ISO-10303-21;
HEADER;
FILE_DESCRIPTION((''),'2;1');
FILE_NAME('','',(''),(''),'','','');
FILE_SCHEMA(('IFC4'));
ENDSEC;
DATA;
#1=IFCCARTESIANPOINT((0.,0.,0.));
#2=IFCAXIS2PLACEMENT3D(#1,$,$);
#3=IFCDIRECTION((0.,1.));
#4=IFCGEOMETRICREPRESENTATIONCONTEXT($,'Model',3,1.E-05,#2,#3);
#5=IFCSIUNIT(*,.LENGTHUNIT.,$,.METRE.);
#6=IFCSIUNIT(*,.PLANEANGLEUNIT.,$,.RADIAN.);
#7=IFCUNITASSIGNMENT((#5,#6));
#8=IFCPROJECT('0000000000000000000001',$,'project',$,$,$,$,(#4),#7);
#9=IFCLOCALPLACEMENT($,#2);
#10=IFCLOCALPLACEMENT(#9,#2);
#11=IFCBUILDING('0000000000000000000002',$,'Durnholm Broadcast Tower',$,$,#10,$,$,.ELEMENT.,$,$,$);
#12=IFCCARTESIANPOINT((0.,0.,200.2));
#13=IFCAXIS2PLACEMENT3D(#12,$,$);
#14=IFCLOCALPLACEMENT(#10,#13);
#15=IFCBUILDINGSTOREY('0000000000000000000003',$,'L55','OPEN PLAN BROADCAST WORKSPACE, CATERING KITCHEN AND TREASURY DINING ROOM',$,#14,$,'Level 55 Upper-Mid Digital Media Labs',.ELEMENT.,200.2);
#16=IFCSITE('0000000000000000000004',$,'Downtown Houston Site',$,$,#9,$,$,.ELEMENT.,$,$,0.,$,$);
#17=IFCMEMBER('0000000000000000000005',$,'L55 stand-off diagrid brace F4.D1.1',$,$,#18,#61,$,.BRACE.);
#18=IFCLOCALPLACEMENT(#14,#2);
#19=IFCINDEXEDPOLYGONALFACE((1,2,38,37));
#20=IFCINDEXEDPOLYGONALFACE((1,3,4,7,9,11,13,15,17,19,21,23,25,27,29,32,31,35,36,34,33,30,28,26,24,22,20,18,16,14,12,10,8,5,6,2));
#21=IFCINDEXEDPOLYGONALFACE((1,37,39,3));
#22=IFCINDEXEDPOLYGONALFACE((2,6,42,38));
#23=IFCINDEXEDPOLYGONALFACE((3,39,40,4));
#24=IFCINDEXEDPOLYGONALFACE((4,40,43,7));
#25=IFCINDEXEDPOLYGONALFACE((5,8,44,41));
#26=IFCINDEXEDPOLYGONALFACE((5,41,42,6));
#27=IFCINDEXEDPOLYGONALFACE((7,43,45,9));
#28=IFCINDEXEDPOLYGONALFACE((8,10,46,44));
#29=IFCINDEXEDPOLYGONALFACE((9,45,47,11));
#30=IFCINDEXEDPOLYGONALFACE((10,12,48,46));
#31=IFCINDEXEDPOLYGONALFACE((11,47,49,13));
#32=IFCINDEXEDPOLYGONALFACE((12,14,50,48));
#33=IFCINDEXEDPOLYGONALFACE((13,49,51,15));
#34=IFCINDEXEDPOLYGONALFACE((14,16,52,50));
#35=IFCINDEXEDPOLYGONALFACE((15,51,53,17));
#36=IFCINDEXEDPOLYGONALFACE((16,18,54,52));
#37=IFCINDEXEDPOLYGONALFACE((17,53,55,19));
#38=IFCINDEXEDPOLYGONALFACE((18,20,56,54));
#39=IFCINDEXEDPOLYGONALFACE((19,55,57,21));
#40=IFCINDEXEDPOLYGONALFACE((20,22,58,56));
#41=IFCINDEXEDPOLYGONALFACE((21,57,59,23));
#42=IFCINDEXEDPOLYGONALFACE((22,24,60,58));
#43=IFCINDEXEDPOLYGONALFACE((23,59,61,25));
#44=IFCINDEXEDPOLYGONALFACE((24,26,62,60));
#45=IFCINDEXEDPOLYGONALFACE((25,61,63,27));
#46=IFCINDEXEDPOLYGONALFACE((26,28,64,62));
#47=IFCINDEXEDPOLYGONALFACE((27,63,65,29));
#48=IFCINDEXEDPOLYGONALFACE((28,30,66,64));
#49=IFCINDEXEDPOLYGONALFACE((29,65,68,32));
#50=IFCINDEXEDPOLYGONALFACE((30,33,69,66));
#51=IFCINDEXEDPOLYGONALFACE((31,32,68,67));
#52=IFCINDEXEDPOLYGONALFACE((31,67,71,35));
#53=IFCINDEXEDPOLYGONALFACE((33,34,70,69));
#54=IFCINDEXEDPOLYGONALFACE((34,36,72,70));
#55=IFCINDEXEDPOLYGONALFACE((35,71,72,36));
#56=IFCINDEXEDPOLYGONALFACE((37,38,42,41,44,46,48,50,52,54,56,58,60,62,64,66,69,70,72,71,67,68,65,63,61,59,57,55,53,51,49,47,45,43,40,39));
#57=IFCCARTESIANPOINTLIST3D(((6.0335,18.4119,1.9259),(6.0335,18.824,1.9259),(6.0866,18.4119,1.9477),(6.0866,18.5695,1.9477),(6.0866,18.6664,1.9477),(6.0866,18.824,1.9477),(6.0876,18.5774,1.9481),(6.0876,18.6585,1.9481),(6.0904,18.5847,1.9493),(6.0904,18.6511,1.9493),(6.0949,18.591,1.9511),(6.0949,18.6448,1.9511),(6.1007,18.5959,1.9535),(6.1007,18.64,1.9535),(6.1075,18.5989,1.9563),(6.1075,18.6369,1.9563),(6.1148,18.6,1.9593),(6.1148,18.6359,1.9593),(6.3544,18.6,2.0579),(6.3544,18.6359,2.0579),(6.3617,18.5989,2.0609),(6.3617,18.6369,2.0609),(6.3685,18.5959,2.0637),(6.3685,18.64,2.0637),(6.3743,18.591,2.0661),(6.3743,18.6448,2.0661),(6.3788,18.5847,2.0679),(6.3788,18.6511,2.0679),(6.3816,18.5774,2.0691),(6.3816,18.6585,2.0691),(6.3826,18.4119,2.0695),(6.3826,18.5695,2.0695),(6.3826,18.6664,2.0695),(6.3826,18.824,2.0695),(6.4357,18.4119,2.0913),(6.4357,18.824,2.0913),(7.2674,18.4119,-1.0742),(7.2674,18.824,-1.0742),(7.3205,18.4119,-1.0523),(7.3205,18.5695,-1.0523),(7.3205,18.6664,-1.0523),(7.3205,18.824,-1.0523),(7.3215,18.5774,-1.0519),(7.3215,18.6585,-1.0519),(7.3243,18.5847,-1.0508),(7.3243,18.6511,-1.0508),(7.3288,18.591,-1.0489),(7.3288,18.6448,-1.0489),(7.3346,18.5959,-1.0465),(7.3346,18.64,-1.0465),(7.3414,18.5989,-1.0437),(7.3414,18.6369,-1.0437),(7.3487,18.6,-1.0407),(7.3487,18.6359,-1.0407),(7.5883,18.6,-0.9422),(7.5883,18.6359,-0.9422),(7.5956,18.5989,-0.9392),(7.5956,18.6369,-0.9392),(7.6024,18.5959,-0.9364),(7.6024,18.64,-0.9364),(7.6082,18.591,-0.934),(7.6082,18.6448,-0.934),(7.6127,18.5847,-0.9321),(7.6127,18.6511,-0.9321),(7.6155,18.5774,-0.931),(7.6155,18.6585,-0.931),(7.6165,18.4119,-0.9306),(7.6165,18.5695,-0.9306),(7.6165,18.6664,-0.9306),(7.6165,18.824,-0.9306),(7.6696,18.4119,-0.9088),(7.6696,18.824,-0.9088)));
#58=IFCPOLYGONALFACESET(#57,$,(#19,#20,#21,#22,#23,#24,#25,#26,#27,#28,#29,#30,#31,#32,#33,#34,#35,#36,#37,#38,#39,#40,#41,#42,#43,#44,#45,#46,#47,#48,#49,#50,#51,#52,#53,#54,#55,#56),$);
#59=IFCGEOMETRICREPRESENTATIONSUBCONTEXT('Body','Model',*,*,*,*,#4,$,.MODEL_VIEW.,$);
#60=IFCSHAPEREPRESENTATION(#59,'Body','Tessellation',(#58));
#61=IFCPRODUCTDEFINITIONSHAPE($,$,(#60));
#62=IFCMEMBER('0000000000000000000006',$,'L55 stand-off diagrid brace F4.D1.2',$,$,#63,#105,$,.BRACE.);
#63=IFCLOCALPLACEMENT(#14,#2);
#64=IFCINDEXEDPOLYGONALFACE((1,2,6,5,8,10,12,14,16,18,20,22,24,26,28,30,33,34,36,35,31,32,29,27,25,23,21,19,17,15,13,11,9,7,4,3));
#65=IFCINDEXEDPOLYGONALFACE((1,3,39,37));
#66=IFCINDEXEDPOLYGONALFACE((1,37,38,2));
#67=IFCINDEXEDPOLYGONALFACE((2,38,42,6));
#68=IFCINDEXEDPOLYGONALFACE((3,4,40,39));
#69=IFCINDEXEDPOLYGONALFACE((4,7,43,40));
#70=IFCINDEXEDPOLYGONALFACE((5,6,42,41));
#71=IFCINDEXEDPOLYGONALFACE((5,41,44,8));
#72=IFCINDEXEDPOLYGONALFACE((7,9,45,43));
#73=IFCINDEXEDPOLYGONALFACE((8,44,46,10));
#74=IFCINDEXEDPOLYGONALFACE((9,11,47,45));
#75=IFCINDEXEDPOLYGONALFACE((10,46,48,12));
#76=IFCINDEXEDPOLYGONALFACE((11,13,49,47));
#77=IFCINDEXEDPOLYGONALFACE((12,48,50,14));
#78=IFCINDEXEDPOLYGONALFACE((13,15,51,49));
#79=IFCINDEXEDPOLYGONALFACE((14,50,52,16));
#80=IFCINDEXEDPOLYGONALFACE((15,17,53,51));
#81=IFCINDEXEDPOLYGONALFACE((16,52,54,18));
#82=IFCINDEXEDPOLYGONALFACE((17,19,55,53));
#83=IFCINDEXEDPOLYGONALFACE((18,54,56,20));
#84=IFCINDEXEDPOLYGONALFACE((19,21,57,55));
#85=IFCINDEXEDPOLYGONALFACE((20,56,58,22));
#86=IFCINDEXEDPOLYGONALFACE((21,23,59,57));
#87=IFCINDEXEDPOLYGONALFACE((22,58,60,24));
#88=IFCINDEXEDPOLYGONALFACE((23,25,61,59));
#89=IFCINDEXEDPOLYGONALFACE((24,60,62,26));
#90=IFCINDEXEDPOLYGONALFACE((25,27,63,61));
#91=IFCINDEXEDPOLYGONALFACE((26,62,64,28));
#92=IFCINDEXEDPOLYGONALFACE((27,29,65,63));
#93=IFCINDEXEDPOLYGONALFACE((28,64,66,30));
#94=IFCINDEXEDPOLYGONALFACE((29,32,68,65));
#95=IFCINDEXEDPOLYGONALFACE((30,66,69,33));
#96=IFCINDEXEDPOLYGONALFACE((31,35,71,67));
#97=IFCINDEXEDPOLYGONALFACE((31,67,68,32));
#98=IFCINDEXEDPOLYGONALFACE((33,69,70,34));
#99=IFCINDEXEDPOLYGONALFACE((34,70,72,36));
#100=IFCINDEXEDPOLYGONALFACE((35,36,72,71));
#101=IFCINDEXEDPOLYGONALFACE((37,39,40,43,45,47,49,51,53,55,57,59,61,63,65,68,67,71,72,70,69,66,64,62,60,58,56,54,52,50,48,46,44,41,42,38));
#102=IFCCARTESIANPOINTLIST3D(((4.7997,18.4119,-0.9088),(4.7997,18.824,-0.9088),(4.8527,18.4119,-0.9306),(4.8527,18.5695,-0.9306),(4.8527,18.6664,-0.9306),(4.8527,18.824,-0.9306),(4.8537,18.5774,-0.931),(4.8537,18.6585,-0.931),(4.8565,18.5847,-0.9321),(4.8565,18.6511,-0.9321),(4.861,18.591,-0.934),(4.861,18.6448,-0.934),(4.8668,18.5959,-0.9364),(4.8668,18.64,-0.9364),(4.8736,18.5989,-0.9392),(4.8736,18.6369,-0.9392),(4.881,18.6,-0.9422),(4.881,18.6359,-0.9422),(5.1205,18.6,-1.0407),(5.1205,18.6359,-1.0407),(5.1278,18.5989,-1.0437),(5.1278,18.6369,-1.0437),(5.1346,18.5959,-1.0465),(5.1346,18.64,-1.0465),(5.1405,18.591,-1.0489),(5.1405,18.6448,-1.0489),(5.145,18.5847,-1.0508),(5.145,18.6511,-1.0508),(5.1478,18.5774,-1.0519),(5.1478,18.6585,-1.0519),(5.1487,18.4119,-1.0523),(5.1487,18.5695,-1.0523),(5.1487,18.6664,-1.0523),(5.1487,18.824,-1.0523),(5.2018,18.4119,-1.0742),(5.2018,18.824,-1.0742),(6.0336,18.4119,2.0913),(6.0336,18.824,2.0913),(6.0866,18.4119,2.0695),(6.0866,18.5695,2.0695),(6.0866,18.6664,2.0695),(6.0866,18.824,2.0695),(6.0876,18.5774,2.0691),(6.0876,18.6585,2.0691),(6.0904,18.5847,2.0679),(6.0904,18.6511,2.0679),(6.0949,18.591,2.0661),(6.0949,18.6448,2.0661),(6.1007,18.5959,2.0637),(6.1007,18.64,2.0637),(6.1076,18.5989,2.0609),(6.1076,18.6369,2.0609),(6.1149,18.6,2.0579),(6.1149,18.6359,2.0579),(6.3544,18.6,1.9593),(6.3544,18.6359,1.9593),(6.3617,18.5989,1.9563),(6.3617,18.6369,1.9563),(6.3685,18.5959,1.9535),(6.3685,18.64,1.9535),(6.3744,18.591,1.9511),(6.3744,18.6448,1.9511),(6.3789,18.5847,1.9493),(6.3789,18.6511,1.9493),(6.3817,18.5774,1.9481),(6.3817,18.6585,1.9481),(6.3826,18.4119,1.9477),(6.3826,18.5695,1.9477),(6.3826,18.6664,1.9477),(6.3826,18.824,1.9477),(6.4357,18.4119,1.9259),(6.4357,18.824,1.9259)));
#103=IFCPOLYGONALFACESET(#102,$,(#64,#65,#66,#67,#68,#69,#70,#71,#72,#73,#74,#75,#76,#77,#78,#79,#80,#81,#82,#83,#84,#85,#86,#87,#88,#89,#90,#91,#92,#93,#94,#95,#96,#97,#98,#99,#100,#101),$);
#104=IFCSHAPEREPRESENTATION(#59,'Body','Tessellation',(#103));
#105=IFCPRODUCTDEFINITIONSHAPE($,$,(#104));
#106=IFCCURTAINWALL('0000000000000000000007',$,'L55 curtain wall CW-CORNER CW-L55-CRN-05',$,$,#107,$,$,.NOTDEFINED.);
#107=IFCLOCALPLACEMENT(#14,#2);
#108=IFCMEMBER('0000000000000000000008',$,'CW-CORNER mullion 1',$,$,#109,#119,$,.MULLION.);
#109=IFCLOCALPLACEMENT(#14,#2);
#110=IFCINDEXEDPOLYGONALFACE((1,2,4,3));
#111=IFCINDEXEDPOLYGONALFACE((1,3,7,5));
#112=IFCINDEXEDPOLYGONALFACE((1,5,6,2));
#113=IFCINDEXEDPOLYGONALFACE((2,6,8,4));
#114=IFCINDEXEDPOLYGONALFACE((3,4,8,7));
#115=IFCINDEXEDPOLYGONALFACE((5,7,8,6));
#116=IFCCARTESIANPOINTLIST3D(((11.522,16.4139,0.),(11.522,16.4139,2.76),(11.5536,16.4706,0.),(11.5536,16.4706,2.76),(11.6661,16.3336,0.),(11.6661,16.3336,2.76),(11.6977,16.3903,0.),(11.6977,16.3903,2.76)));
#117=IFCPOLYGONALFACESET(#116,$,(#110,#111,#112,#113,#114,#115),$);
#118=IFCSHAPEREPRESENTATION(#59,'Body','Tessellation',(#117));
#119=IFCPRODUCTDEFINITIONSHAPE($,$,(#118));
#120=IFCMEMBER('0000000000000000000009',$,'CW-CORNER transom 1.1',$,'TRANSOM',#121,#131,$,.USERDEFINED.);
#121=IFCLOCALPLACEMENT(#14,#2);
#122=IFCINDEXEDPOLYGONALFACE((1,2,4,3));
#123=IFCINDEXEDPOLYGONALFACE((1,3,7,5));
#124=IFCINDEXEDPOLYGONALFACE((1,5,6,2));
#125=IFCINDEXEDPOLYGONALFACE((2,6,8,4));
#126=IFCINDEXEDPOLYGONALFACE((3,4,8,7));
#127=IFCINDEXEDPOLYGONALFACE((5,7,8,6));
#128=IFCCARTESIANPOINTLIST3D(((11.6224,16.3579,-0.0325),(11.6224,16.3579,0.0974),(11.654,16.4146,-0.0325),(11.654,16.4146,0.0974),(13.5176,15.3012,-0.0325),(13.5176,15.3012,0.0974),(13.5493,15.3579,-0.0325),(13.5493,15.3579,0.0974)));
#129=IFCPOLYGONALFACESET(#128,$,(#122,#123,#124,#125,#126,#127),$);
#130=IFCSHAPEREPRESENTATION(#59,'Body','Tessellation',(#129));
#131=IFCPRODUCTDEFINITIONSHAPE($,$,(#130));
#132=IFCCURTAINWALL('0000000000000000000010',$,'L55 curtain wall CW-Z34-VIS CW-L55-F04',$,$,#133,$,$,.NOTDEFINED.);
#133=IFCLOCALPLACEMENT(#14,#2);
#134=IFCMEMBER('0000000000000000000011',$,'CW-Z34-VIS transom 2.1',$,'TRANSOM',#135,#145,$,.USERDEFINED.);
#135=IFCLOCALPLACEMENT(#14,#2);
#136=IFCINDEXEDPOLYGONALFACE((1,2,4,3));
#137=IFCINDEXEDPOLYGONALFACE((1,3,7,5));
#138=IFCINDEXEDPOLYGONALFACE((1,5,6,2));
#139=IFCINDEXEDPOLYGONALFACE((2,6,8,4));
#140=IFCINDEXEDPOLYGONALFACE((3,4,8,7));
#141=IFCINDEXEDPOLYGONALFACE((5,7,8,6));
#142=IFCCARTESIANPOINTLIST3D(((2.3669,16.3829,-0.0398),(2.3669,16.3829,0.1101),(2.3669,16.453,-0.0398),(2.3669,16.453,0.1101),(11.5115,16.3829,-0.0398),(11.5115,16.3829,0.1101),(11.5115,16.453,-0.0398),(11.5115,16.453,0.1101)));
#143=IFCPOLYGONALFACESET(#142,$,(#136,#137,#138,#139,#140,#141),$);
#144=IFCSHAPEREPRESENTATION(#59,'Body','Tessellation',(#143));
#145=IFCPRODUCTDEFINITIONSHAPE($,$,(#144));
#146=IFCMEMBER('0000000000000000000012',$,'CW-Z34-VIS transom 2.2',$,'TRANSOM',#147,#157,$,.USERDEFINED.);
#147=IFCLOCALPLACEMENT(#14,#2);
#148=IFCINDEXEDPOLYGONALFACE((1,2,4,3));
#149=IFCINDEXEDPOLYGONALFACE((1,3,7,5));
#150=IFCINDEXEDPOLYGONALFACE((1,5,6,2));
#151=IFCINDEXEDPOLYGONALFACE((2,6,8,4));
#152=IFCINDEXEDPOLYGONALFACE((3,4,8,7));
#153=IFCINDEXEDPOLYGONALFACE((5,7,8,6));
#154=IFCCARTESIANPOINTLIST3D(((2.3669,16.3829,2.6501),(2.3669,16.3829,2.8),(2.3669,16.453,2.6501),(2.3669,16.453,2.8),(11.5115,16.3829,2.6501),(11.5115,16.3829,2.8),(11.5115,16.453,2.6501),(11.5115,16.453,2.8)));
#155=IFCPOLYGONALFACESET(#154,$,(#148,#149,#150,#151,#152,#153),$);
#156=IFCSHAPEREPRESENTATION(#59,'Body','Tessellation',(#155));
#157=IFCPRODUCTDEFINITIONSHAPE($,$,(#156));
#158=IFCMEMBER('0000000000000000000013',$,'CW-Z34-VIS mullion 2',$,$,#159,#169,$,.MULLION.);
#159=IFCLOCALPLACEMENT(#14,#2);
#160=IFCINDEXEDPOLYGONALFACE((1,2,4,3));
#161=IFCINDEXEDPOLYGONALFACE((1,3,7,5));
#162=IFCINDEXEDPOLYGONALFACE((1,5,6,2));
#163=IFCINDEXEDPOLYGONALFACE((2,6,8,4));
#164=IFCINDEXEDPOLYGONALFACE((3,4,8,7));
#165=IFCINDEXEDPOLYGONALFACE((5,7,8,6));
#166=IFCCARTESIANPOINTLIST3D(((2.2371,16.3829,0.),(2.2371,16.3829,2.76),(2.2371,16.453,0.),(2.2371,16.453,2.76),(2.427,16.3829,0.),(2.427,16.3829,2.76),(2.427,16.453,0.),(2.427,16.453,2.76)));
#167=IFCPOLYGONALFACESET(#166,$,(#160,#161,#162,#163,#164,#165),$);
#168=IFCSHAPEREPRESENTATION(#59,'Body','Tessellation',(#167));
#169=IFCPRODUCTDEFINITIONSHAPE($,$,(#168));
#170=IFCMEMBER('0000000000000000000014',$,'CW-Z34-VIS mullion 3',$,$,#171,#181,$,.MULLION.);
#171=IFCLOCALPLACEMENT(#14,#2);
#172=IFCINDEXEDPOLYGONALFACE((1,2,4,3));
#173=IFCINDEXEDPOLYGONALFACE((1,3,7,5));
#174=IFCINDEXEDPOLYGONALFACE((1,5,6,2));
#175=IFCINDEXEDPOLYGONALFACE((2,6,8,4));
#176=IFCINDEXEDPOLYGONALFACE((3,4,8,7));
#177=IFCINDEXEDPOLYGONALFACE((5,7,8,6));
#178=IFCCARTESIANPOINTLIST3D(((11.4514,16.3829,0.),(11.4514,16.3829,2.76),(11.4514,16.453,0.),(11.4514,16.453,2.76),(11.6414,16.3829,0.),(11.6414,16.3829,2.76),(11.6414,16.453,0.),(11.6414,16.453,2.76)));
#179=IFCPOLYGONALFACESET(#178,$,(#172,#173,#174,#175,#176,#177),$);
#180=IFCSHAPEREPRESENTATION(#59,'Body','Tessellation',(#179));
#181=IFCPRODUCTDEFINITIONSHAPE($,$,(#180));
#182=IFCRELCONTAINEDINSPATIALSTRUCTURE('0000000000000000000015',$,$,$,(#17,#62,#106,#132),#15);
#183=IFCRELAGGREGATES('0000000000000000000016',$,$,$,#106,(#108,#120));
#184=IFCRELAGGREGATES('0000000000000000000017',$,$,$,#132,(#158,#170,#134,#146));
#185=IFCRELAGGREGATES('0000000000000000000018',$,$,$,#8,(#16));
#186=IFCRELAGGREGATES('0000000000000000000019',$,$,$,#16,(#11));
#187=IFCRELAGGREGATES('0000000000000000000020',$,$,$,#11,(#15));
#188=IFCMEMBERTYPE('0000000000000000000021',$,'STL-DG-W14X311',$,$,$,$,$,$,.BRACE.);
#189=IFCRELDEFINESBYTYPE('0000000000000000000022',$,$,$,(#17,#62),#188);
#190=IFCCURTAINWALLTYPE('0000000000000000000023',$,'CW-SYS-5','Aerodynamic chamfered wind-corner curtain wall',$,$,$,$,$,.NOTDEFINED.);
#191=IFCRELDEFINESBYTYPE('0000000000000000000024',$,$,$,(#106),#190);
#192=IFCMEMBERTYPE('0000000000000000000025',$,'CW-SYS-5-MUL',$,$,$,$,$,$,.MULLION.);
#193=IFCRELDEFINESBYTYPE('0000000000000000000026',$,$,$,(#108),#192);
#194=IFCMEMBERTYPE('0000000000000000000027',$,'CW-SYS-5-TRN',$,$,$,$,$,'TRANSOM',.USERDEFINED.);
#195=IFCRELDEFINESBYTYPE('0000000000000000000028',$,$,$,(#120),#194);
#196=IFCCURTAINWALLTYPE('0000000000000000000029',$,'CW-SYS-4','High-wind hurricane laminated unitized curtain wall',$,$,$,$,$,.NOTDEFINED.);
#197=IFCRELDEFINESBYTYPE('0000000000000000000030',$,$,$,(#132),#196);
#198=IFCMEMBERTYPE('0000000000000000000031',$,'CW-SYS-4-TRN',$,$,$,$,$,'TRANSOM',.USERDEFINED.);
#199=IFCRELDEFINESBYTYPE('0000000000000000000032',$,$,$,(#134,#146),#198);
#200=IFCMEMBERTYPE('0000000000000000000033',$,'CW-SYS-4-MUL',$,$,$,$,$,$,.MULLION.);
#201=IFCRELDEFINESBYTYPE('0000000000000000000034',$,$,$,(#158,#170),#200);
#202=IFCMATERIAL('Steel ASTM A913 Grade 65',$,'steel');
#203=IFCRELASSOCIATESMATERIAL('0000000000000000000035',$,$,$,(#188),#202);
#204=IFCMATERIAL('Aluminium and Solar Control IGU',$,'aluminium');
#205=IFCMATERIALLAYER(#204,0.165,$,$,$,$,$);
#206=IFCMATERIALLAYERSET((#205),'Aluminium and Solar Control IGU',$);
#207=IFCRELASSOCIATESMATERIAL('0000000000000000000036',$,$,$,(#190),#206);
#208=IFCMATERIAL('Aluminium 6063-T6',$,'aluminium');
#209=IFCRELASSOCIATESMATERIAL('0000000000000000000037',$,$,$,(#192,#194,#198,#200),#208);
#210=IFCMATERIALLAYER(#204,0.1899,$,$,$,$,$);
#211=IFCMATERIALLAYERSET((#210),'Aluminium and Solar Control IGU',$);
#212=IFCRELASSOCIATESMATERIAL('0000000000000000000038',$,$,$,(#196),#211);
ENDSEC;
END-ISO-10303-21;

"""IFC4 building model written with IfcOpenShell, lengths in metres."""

from ifc_helpers import new_model, si_unit, direction, frame, origin, origin_2d, place, context, subcontext, project, spatial, rectangle, i_section, extrude, source, transform, mapped, material, layer, layer_set, material_profile, profile_set, type_object, type_shapes, element, aggregate, save


model = new_model("IFC4")

# Units and contexts
model_context = context("Model", 3, precision=1e-05, world=origin(), true_north=direction((0.0, 1.0)))
body_context = subcontext(model_context, "Body", "Model", "MODEL_VIEW")
ifc_project = project(units=[si_unit("LENGTHUNIT", "METRE"), si_unit("PLANEANGLEUNIT", "RADIAN")], contexts=[model_context])

# Site, building, storey
site_placement = place(None, origin())
site = spatial("IfcSite", under=ifc_project, at=site_placement, Name="Downtown Houston Site", CompositionType="ELEMENT", RefElevation=0.0)
building_placement = place(site_placement, origin())
building = spatial("IfcBuilding", under=site, at=building_placement, Name="Durnholm Broadcast Tower", CompositionType="ELEMENT")
storey_placement = place(building_placement, frame((0.0, 0.0, 200.2)))
storey = spatial("IfcBuildingStorey", under=building, at=storey_placement, Name="L55", Description="OPEN PLAN BROADCAST WORKSPACE, CATERING KITCHEN AND TREASURY DINING ROOM", LongName="Level 55 Upper-Mid Digital Media Labs", CompositionType="ELEMENT", Elevation=200.2)

# Members
ifc_material_1 = material(Name="Steel ASTM A913 Grade 65", Category="steel")
ifc_material_profile_1 = material_profile(ifc_material_1, i_section(OverallWidth=0.4121, OverallDepth=0.4348, WebThickness=0.0359, FlangeThickness=0.0574, FilletRadius=0.0305, at=origin_2d()), Name="W14X311")
ifc_profile_set_1 = profile_set([ifc_material_profile_1], Name="Steel ASTM A913 Grade 65")
member_type_1 = type_object("IfcMemberType", Name="STL-DG-W14X311", PredefinedType="BRACE", material=ifc_profile_set_1)
shared_shape_1 = source(origin(), body_context, "Body", "SweptSolid", [
    extrude(i_section(OverallWidth=0.4121, OverallDepth=0.4348, WebThickness=0.0359, FlangeThickness=0.0574, FilletRadius=0.0305, at=origin_2d()), origin(), (0.0, 0.0, 1.0), 3.2439),
])
type_shapes(member_type_1, [shared_shape_1])
for number, where, z_axis, x_axis, name in (
    (1, (7.4685, 18.6179, -0.9915), (-0.380379, 0.0, 0.924831), (0.0, -1.0, 0.0), "L55 stand-off diagrid brace F4.D1.1"),
    (2, (5.0007, 18.6179, -0.9915), (0.380379, 0.0, 0.924831), (0.0, 1.0, 0.0), "L55 stand-off diagrid brace F4.D1.2"),
):
    element("IfcMember", number, at=place(storey_placement, frame(where, z_axis=z_axis, x_axis=x_axis)), inside=storey, type_object=member_type_1, Name=name, PredefinedType="BRACE", context=body_context, shape_type="MappedRepresentation", body=[
        mapped(shared_shape_1, transform((0.0, 0.0, 0.0), x_axis=(1.0, 0.0, 0.0), y_axis=(0.0, 1.0, 0.0), z_axis=(0.0, 0.0, 1.0), scale=1.0)),
    ])

# Curtain walls, members
ifc_material_2 = material(Name="Aluminium and Solar Control IGU", Category="aluminium")
ifc_layer_1 = layer(ifc_material_2, 0.165)
ifc_layer_set_1 = layer_set([ifc_layer_1], Name="Aluminium and Solar Control IGU")
curtain_wall_type_1 = type_object("IfcCurtainWallType", Name="CW-SYS-5", Description="Aerodynamic chamfered wind-corner curtain wall", PredefinedType="NOTDEFINED", material=ifc_layer_set_1)
curtain_wall_1_placement = place(storey_placement, origin())
curtain_wall_1 = element("IfcCurtainWall", 3, at=curtain_wall_1_placement, inside=storey, type_object=curtain_wall_type_1, Name="L55 curtain wall CW-CORNER CW-L55-CRN-05", PredefinedType="NOTDEFINED")
ifc_material_3 = material(Name="Aluminium 6063-T6", Category="aluminium")
ifc_material_profile_2 = material_profile(ifc_material_3, rectangle(XDim=0.0649, YDim=0.165, at=origin_2d()), Name="CWM65X165")
ifc_profile_set_2 = profile_set([ifc_material_profile_2], Name="Aluminium 6063-T6")
member_type_2 = type_object("IfcMemberType", Name="CW-SYS-5-MUL", PredefinedType="MULLION", material=ifc_profile_set_2)
shared_shape_2 = source(origin(), body_context, "Body", "SweptSolid", [
    extrude(rectangle(XDim=0.0649, YDim=0.165, at=origin_2d()), origin(), (0.0, 0.0, 1.0), 2.76),
])
type_shapes(member_type_2, [shared_shape_2])
member_1_placement = place(storey_placement, frame((11.6099, 16.4021, 0.0), z_axis=(0.0, 0.0, 1.0), x_axis=(0.486986, 0.87341, 0.0)))
member_1 = element("IfcMember", 4, at=member_1_placement, type_object=member_type_2, Name="CW-CORNER mullion 1", PredefinedType="MULLION", context=body_context, shape_type="MappedRepresentation", body=[
    mapped(shared_shape_2, transform((0.0, 0.0, 0.0), x_axis=(1.0, 0.0, 0.0), y_axis=(0.0, 1.0, 0.0), z_axis=(0.0, 0.0, 1.0), scale=1.0)),
])
ifc_material_profile_3 = material_profile(ifc_material_3, rectangle(XDim=0.0649, YDim=0.1299, at=origin_2d()), Name="CWT65X130")
ifc_profile_set_3 = profile_set([ifc_material_profile_3], Name="Aluminium 6063-T6")
member_type_3 = type_object("IfcMemberType", Name="CW-SYS-5-TRN", ElementType="TRANSOM", PredefinedType="USERDEFINED", material=ifc_profile_set_3)
shared_shape_3 = source(origin(), body_context, "Body", "SweptSolid", [
    extrude(rectangle(XDim=0.0649, YDim=0.1299, at=origin_2d()), origin(), (0.0, 0.0, 1.0), 2.1699),
])
type_shapes(member_type_3, [shared_shape_3])
member_2_placement = place(storey_placement, frame((11.6382, 16.3862, 0.0325), z_axis=(0.873429, -0.486951, 0.0), x_axis=(0.486951, 0.873429, 0.0)))
member_2 = element("IfcMember", 5, at=member_2_placement, type_object=member_type_3, Name="CW-CORNER transom 1.1", ObjectType="TRANSOM", PredefinedType="USERDEFINED", context=body_context, shape_type="MappedRepresentation", body=[
    mapped(shared_shape_3, transform((0.0, 0.0, 0.0), x_axis=(1.0, 0.0, 0.0), y_axis=(0.0, 1.0, 0.0), z_axis=(0.0, 0.0, 1.0), scale=1.0)),
])
aggregate(curtain_wall_1, [member_1, member_2])
ifc_layer_2 = layer(ifc_material_2, 0.1899)
ifc_layer_set_2 = layer_set([ifc_layer_2], Name="Aluminium and Solar Control IGU")
curtain_wall_type_2 = type_object("IfcCurtainWallType", Name="CW-SYS-4", Description="High-wind hurricane laminated unitized curtain wall", PredefinedType="NOTDEFINED", material=ifc_layer_set_2)
curtain_wall_2_placement = place(storey_placement, origin())
curtain_wall_2 = element("IfcCurtainWall", 6, at=curtain_wall_2_placement, inside=storey, type_object=curtain_wall_type_2, Name="L55 curtain wall CW-Z34-VIS CW-L55-F04", PredefinedType="NOTDEFINED")
ifc_material_profile_4 = material_profile(ifc_material_3, rectangle(XDim=0.0701, YDim=0.1499, at=origin_2d()), Name="CWT70X150")
ifc_profile_set_4 = profile_set([ifc_material_profile_4], Name="Aluminium 6063-T6")
member_type_4 = type_object("IfcMemberType", Name="CW-SYS-4-TRN", ElementType="TRANSOM", PredefinedType="USERDEFINED", material=ifc_profile_set_4)
shared_shape_4 = source(origin(), body_context, "Body", "SweptSolid", [
    extrude(rectangle(XDim=0.0701, YDim=0.1499, at=origin_2d()), origin(), (0.0, 0.0, 1.0), 9.1445),
])
type_shapes(member_type_4, [shared_shape_4])
member_3_placement = place(storey_placement, frame((2.3669, 16.418, 0.0352), z_axis=(1.0, 0.0, 0.0), x_axis=(0.0, 1.0, 0.0)))
member_3 = element("IfcMember", 7, at=member_3_placement, type_object=member_type_4, Name="CW-Z34-VIS transom 2.1", ObjectType="TRANSOM", PredefinedType="USERDEFINED", context=body_context, shape_type="MappedRepresentation", body=[
    mapped(shared_shape_4, transform((0.0, 0.0, 0.0), x_axis=(1.0, 0.0, 0.0), y_axis=(0.0, 1.0, 0.0), z_axis=(0.0, 0.0, 1.0), scale=1.0)),
])
member_4_placement = place(storey_placement, frame((2.3669, 16.418, 2.7251), z_axis=(1.0, 0.0, 0.0), x_axis=(0.0, 1.0, 0.0)))
member_4 = element("IfcMember", 8, at=member_4_placement, type_object=member_type_4, Name="CW-Z34-VIS transom 2.2", ObjectType="TRANSOM", PredefinedType="USERDEFINED", context=body_context, shape_type="MappedRepresentation", body=[
    mapped(shared_shape_4, transform((0.0, 0.0, 0.0), x_axis=(1.0, 0.0, 0.0), y_axis=(0.0, 1.0, 0.0), z_axis=(0.0, 0.0, 1.0), scale=1.0)),
])
ifc_material_profile_5 = material_profile(ifc_material_3, rectangle(XDim=0.0701, YDim=0.1899, at=origin_2d()), Name="CWM70X190")
ifc_profile_set_5 = profile_set([ifc_material_profile_5], Name="Aluminium 6063-T6")
member_type_5 = type_object("IfcMemberType", Name="CW-SYS-4-MUL", PredefinedType="MULLION", material=ifc_profile_set_5)
shared_shape_5 = source(origin(), body_context, "Body", "SweptSolid", [
    extrude(rectangle(XDim=0.0701, YDim=0.1899, at=origin_2d()), origin(), (0.0, 0.0, 1.0), 2.76),
])
type_shapes(member_type_5, [shared_shape_5])
member_5_placement = place(storey_placement, frame((2.332, 16.418, 0.0), z_axis=(0.0, 0.0, 1.0), x_axis=(0.0, 1.0, 0.0)))
member_5 = element("IfcMember", 9, at=member_5_placement, type_object=member_type_5, Name="CW-Z34-VIS mullion 2", PredefinedType="MULLION", context=body_context, shape_type="MappedRepresentation", body=[
    mapped(shared_shape_5, transform((0.0, 0.0, 0.0), x_axis=(1.0, 0.0, 0.0), y_axis=(0.0, 1.0, 0.0), z_axis=(0.0, 0.0, 1.0), scale=1.0)),
])
member_6_placement = place(storey_placement, frame((11.5464, 16.418, 0.0), z_axis=(0.0, 0.0, 1.0), x_axis=(0.0, 1.0, 0.0)))
member_6 = element("IfcMember", 10, at=member_6_placement, type_object=member_type_5, Name="CW-Z34-VIS mullion 3", PredefinedType="MULLION", context=body_context, shape_type="MappedRepresentation", body=[
    mapped(shared_shape_5, transform((0.0, 0.0, 0.0), x_axis=(1.0, 0.0, 0.0), y_axis=(0.0, 1.0, 0.0), z_axis=(0.0, 0.0, 1.0), scale=1.0)),
])

aggregate(curtain_wall_2, [member_5, member_6, member_3, member_4])

save(model, "model.ifc")
